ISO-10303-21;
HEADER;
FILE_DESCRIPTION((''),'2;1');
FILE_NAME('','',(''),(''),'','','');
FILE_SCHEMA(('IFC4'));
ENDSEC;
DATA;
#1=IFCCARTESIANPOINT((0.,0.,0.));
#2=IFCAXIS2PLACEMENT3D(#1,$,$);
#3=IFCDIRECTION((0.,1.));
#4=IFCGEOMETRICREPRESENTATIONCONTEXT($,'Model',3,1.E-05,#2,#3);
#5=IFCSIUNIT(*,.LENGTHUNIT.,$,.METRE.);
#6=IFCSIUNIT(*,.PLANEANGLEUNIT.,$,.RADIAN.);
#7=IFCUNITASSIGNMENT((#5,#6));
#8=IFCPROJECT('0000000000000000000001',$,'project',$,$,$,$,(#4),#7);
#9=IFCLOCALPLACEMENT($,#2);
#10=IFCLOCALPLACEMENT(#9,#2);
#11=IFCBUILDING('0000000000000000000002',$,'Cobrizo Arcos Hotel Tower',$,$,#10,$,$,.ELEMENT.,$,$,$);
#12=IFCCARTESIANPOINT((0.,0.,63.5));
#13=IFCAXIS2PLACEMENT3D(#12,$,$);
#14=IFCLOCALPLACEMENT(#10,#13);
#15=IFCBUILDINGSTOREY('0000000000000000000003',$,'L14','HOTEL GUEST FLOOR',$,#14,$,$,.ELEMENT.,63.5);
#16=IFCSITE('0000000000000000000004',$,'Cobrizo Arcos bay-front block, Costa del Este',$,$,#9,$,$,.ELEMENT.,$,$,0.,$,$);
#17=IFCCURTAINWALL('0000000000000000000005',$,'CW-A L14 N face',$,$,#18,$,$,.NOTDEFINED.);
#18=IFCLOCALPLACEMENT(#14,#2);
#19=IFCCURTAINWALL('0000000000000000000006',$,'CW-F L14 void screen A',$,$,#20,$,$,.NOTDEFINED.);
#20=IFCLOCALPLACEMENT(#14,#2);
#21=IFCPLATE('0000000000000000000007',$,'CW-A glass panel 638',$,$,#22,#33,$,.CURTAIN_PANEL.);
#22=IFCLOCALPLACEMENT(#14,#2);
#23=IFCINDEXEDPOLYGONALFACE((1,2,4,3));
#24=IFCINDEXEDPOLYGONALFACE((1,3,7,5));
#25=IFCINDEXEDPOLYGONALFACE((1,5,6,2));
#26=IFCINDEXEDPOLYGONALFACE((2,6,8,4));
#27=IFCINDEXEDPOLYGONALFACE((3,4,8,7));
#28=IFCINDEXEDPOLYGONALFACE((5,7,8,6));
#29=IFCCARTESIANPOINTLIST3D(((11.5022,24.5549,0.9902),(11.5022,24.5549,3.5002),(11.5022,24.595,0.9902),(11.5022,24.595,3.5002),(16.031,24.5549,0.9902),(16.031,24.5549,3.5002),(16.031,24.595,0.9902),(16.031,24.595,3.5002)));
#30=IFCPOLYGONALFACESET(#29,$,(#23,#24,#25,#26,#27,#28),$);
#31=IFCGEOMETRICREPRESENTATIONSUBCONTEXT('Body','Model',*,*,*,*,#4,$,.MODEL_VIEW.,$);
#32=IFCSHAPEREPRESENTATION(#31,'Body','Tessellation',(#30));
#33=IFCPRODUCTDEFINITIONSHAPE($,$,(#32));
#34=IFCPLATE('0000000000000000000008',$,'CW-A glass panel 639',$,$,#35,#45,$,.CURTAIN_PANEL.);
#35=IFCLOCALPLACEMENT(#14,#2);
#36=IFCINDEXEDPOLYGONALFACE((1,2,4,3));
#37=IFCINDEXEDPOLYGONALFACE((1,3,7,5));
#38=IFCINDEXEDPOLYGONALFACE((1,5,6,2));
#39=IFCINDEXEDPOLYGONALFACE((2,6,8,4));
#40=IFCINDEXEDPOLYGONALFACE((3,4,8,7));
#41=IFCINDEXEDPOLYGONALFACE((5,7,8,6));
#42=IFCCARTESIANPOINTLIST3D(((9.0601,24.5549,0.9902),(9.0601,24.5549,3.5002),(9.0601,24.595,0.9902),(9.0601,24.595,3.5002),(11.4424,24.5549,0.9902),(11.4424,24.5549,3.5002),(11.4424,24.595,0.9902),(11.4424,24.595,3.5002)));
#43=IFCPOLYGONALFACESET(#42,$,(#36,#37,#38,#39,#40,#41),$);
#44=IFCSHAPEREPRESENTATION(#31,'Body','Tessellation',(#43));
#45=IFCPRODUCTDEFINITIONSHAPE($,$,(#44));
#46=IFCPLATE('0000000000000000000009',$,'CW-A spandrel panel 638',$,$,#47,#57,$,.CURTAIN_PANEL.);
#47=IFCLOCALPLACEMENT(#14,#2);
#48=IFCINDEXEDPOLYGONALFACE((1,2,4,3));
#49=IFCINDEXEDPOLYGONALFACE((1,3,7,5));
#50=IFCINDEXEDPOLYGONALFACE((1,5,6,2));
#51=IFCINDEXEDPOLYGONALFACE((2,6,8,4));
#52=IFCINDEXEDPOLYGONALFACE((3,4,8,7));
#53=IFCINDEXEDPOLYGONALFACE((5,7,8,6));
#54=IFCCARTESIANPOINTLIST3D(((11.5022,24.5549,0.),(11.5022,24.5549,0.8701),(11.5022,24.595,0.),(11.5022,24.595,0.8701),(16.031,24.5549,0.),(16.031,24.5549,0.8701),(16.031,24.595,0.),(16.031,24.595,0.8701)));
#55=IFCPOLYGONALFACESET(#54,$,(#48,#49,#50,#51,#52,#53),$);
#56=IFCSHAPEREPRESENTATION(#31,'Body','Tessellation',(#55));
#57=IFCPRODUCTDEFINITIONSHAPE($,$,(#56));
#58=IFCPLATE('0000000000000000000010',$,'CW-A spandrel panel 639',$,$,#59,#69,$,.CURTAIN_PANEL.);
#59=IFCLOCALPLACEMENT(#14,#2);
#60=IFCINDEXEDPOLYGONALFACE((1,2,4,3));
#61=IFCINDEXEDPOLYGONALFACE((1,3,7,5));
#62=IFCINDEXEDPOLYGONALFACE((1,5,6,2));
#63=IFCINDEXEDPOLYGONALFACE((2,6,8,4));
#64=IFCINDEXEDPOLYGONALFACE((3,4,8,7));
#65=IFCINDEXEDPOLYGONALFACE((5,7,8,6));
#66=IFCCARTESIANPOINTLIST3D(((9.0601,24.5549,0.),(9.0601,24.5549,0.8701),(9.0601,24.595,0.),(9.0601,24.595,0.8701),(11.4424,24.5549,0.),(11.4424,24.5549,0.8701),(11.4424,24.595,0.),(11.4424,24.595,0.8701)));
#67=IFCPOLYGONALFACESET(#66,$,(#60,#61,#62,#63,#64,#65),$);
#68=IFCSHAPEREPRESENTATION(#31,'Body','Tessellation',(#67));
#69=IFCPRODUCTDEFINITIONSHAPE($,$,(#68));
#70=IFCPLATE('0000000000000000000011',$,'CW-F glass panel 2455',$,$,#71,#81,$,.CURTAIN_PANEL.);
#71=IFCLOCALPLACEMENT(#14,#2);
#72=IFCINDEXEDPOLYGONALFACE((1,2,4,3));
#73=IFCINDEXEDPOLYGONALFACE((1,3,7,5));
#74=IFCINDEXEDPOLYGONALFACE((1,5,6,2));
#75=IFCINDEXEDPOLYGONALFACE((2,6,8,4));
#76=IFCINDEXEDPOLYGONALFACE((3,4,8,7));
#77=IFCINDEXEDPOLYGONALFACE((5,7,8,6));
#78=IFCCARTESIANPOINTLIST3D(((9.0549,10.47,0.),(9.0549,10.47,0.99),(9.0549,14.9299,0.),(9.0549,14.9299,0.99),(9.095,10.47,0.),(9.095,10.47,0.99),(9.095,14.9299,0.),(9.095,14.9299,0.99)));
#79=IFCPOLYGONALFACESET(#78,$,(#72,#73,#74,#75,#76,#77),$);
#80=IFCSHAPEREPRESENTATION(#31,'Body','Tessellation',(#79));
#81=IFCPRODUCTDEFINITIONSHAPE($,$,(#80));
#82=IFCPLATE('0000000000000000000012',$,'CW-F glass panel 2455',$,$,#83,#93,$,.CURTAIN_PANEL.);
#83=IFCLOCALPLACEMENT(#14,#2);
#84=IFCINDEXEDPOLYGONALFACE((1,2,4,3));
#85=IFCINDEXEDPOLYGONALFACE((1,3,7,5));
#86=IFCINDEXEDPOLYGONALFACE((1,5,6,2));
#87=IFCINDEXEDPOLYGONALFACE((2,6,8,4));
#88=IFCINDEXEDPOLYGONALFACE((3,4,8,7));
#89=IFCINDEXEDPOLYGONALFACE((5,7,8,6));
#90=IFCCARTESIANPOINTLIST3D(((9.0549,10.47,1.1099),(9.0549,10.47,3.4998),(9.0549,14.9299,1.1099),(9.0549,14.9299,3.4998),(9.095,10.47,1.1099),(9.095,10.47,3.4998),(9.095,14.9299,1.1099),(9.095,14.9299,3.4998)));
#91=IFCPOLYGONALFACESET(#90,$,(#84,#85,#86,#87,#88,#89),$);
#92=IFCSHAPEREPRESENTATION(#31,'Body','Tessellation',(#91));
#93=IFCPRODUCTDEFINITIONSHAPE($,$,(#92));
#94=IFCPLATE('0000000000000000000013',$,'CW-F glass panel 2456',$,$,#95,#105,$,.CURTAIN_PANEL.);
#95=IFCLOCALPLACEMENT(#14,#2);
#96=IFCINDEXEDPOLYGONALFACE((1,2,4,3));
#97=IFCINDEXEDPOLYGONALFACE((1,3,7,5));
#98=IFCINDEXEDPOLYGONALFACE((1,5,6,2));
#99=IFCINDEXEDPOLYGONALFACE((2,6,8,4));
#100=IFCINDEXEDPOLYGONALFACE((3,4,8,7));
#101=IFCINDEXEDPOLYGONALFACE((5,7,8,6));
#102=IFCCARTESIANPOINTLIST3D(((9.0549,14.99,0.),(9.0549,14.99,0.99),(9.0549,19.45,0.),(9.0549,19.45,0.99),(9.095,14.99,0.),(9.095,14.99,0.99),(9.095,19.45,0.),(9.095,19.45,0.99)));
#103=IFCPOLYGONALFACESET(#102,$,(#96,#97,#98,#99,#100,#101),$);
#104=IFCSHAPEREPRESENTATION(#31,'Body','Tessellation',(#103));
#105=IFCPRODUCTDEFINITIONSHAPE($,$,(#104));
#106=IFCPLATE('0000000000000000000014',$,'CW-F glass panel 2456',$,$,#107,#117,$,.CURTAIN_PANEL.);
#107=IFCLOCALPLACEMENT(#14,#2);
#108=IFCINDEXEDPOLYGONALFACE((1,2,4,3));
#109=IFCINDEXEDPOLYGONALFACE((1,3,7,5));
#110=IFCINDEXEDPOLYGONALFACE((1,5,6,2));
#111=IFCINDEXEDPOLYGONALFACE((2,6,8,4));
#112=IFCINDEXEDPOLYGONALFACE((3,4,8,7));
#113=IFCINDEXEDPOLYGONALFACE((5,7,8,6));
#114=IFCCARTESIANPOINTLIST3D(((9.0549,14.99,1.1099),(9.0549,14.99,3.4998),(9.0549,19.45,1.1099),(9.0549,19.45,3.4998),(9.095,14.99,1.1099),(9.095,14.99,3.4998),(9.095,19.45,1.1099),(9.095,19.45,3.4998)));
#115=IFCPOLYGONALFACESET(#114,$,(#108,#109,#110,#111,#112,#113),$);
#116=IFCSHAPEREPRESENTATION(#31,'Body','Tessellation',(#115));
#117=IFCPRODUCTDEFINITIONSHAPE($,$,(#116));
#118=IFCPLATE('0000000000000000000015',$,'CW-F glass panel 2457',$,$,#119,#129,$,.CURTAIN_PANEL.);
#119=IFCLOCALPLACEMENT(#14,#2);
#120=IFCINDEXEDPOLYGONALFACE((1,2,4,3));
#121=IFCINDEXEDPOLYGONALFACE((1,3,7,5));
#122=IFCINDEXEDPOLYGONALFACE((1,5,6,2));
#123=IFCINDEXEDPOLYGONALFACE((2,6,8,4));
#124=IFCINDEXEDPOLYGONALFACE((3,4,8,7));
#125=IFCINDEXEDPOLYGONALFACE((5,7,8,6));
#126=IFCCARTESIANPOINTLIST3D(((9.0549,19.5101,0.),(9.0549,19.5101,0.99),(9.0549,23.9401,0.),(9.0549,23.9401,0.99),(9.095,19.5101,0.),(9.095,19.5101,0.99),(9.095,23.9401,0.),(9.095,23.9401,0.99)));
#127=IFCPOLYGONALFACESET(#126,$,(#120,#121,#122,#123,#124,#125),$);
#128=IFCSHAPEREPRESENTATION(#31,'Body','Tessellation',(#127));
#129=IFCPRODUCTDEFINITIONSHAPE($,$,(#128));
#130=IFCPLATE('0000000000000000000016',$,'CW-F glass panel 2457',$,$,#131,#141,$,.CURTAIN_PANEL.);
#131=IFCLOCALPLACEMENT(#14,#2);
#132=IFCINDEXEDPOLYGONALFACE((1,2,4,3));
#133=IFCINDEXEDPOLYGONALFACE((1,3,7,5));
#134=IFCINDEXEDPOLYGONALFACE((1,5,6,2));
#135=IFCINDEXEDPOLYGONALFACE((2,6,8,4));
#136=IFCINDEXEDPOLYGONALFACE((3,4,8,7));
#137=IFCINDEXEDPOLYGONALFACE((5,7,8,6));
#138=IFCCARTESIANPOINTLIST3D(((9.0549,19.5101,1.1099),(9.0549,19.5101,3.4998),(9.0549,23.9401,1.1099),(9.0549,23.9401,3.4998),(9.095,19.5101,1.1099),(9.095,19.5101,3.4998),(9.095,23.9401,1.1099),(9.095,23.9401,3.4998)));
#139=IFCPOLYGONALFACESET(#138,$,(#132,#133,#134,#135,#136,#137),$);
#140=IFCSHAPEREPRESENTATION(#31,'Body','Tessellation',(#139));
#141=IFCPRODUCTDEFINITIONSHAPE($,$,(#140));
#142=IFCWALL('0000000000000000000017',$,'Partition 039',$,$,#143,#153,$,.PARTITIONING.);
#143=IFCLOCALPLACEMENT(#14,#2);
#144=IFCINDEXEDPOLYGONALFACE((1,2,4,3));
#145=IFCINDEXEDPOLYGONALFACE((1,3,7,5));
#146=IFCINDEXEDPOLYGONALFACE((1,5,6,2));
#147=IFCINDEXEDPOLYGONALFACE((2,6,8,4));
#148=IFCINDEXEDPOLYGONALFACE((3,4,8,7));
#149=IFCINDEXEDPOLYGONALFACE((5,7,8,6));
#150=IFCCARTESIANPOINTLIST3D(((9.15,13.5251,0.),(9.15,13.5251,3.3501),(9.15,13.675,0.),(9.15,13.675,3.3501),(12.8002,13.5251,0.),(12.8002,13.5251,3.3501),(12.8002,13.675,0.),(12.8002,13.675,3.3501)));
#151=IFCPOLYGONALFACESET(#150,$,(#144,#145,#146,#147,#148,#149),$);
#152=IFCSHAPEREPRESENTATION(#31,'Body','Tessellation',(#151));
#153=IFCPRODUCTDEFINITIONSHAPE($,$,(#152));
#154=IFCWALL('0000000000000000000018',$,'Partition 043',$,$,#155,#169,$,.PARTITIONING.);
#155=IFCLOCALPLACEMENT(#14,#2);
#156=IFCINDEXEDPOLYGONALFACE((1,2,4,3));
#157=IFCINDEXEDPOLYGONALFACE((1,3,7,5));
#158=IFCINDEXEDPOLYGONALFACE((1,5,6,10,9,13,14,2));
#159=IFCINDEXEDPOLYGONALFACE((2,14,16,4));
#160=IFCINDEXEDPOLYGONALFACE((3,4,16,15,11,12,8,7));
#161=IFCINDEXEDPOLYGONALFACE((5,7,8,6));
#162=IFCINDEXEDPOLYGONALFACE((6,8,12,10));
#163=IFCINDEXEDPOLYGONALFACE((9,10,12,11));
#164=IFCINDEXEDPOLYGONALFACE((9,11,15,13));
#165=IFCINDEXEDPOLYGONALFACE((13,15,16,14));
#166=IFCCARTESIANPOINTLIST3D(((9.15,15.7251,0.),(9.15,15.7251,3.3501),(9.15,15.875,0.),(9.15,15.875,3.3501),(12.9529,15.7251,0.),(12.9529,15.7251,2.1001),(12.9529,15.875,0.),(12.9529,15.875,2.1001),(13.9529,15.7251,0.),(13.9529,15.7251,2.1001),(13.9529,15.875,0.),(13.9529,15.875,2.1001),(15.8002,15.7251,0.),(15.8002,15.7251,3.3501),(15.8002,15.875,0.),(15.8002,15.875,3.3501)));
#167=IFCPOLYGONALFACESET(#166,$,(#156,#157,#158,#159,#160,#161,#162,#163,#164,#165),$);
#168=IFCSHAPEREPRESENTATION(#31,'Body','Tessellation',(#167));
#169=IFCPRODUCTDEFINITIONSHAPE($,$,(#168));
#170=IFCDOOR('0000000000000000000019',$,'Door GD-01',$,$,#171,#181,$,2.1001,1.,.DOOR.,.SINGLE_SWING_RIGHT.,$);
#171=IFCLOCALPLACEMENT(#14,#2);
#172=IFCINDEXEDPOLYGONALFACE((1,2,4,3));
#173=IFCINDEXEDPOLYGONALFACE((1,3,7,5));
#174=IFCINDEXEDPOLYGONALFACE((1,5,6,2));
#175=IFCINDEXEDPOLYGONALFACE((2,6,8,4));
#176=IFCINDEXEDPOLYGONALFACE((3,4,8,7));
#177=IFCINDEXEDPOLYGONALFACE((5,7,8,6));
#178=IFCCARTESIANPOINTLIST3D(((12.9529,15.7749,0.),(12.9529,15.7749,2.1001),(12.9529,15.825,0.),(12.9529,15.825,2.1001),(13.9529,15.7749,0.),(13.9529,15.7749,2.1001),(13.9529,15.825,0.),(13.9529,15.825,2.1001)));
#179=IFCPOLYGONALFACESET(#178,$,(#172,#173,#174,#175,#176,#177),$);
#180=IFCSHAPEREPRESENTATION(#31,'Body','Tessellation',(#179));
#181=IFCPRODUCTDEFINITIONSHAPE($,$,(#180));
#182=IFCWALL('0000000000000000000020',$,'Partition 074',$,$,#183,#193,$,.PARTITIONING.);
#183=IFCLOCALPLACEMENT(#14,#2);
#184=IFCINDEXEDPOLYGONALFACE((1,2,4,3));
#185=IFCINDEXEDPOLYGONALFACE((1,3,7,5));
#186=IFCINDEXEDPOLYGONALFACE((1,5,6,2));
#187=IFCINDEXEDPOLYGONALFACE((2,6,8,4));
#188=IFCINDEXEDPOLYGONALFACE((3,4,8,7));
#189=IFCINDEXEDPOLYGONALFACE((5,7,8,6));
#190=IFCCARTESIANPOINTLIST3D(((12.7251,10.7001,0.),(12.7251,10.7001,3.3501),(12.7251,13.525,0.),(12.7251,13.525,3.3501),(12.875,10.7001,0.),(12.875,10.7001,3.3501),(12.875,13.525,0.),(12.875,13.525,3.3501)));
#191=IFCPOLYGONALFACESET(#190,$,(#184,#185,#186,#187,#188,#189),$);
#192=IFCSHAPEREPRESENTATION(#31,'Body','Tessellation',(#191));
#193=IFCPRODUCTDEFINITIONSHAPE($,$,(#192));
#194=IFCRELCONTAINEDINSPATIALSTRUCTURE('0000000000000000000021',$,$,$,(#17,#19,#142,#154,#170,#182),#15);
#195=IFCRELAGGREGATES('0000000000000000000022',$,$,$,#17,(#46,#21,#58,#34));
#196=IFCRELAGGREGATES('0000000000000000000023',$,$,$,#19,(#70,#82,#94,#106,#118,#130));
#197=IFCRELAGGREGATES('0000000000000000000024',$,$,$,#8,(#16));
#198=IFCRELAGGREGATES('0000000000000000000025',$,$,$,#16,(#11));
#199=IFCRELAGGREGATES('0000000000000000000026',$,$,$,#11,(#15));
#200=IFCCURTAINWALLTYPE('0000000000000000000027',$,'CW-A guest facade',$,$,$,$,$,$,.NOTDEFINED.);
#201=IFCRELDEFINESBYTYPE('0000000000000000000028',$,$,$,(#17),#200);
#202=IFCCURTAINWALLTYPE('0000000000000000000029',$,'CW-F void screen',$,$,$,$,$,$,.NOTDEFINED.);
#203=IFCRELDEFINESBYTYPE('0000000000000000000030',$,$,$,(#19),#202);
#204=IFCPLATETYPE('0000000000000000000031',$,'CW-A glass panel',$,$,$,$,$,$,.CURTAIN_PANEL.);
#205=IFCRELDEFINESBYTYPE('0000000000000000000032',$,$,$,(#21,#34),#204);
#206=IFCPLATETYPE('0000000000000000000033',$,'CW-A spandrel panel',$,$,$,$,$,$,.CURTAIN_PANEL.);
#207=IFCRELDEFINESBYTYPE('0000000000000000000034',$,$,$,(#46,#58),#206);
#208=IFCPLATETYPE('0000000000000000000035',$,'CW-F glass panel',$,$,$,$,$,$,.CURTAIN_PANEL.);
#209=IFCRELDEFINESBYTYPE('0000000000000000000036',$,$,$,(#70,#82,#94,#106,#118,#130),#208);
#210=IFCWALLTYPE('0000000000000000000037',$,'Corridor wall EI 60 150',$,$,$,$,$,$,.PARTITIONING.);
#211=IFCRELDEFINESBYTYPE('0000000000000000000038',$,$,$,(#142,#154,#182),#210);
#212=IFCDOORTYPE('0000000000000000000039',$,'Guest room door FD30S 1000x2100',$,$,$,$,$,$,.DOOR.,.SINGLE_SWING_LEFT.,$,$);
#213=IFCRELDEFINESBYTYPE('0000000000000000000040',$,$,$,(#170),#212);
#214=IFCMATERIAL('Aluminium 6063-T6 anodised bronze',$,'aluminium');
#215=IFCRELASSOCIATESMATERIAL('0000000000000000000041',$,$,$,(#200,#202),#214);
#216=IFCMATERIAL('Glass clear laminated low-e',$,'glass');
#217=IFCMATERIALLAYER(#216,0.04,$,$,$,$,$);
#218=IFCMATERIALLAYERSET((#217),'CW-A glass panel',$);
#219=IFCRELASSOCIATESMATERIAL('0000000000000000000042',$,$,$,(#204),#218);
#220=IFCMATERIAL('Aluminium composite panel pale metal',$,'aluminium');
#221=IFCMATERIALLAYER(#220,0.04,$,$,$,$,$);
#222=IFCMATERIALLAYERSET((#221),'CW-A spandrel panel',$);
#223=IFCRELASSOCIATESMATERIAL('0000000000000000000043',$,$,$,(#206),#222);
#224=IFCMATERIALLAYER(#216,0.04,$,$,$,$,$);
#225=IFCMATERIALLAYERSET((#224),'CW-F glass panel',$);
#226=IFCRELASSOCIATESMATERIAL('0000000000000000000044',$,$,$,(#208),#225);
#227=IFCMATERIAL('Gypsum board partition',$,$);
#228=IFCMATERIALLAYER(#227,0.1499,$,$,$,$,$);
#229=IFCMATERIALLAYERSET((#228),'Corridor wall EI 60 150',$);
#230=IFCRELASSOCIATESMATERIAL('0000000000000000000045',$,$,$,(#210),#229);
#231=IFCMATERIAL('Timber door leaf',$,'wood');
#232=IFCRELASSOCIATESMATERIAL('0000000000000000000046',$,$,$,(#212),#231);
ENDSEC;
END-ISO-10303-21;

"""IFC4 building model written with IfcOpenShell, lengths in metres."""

from ifc_helpers import new_model, si_unit, direction, frame, frame_2d, origin, origin_2d, place, context, subcontext, project, spatial, rectangle, extrude, material, layer, layer_set, type_object, element, fill, aggregate, save


model = new_model("IFC4")

# Units and contexts
model_context = context("Model", 3, precision=1e-05, world=origin(), true_north=direction((0.0, 1.0)))
body_context = subcontext(model_context, "Body", "Model", "MODEL_VIEW")
ifc_project = project(units=[si_unit("LENGTHUNIT", "METRE"), si_unit("PLANEANGLEUNIT", "RADIAN")], contexts=[model_context])

# Site, building, storey
site_placement = place(None, origin())
site = spatial("IfcSite", under=ifc_project, at=site_placement, Name="Cobrizo Arcos bay-front block, Costa del Este", CompositionType="ELEMENT", RefElevation=0.0)
building_placement = place(site_placement, origin())
building = spatial("IfcBuilding", under=site, at=building_placement, Name="Cobrizo Arcos Hotel Tower", CompositionType="ELEMENT")
storey_placement = place(building_placement, frame((0.0, 0.0, 63.5)))
storey = spatial("IfcBuildingStorey", under=building, at=storey_placement, Name="L14", Description="HOTEL GUEST FLOOR", CompositionType="ELEMENT", Elevation=63.5)

# Curtain walls
ifc_material_1 = material(Name="Aluminium 6063-T6 anodised bronze", Category="aluminium")
curtain_wall_type_1 = type_object("IfcCurtainWallType", Name="CW-A guest facade", PredefinedType="NOTDEFINED", material=ifc_material_1)
curtain_wall_1_placement = place(storey_placement, origin())
curtain_wall_1 = element("IfcCurtainWall", 1, at=curtain_wall_1_placement, inside=storey, type_object=curtain_wall_type_1, Name="CW-A L14 N face", PredefinedType="NOTDEFINED")
curtain_wall_type_2 = type_object("IfcCurtainWallType", Name="CW-F void screen", PredefinedType="NOTDEFINED", material=ifc_material_1)
curtain_wall_2_placement = place(storey_placement, origin())
curtain_wall_2 = element("IfcCurtainWall", 2, at=curtain_wall_2_placement, inside=storey, type_object=curtain_wall_type_2, Name="CW-F L14 void screen A", PredefinedType="NOTDEFINED")

# Plates
ifc_material_2 = material(Name="Glass clear laminated low-e", Category="glass")
ifc_layer_1 = layer(ifc_material_2, 0.04)
ifc_layer_set_1 = layer_set([ifc_layer_1], Name="CW-A glass panel")
plate_type_1 = type_object("IfcPlateType", Name="CW-A glass panel", PredefinedType="CURTAIN_PANEL", material=ifc_layer_set_1)
plate_1_placement = place(storey_placement, frame((13.7666, 24.575, 0.9902), z_axis=(0.0, 0.0, 1.0), x_axis=(-1.0, 0.0, 0.0)))
plate_1 = element("IfcPlate", 3, at=plate_1_placement, type_object=plate_type_1, Name="CW-A glass panel 638", PredefinedType="CURTAIN_PANEL", context=body_context, shape_type="SweptSolid", body=[
    extrude(rectangle(XDim=4.5288, YDim=0.04, at=origin_2d()), origin(), (0.0, 0.0, 1.0), 2.51),
])
plate_2_placement = place(storey_placement, frame((10.2512, 24.575, 0.9902), z_axis=(0.0, 0.0, 1.0), x_axis=(-1.0, 0.0, 0.0)))
plate_2 = element("IfcPlate", 4, at=plate_2_placement, type_object=plate_type_1, Name="CW-A glass panel 639", PredefinedType="CURTAIN_PANEL", context=body_context, shape_type="SweptSolid", body=[
    extrude(rectangle(XDim=2.3823, YDim=0.04, at=origin_2d()), origin(), (0.0, 0.0, 1.0), 2.51),
])
ifc_material_3 = material(Name="Aluminium composite panel pale metal", Category="aluminium")
ifc_layer_2 = layer(ifc_material_3, 0.04)
ifc_layer_set_2 = layer_set([ifc_layer_2], Name="CW-A spandrel panel")
plate_type_2 = type_object("IfcPlateType", Name="CW-A spandrel panel", PredefinedType="CURTAIN_PANEL", material=ifc_layer_set_2)
plate_3_placement = place(storey_placement, frame((13.7666, 24.575, 0.0), z_axis=(0.0, 0.0, 1.0), x_axis=(-1.0, 0.0, 0.0)))
plate_3 = element("IfcPlate", 5, at=plate_3_placement, type_object=plate_type_2, Name="CW-A spandrel panel 638", PredefinedType="CURTAIN_PANEL", context=body_context, shape_type="SweptSolid", body=[
    extrude(rectangle(XDim=4.5288, YDim=0.04, at=origin_2d()), origin(), (0.0, 0.0, 1.0), 0.8701),
])
plate_4_placement = place(storey_placement, frame((10.2512, 24.575, 0.0), z_axis=(0.0, 0.0, 1.0), x_axis=(-1.0, 0.0, 0.0)))
plate_4 = element("IfcPlate", 6, at=plate_4_placement, type_object=plate_type_2, Name="CW-A spandrel panel 639", PredefinedType="CURTAIN_PANEL", context=body_context, shape_type="SweptSolid", body=[
    extrude(rectangle(XDim=2.3823, YDim=0.04, at=origin_2d()), origin(), (0.0, 0.0, 1.0), 0.8701),
])
aggregate(curtain_wall_1, [plate_3, plate_1, plate_4, plate_2])
ifc_layer_3 = layer(ifc_material_2, 0.04)
ifc_layer_set_3 = layer_set([ifc_layer_3], Name="CW-F glass panel")
plate_type_3 = type_object("IfcPlateType", Name="CW-F glass panel", PredefinedType="CURTAIN_PANEL", material=ifc_layer_set_3)
plate_5_placement = place(storey_placement, frame((9.075, 12.7, 0.0), z_axis=(0.0, 0.0, 1.0), x_axis=(0.0, 1.0, 0.0)))
plate_5 = element("IfcPlate", 7, at=plate_5_placement, type_object=plate_type_3, Name="CW-F glass panel 2455", PredefinedType="CURTAIN_PANEL", context=body_context, shape_type="SweptSolid", body=[
    extrude(rectangle(XDim=4.46, YDim=0.04, at=origin_2d()), origin(), (0.0, 0.0, 1.0), 0.99),
])
plate_6_placement = place(storey_placement, frame((9.075, 12.7, 1.1099), z_axis=(0.0, 0.0, 1.0), x_axis=(0.0, 1.0, 0.0)))
plate_6 = element("IfcPlate", 8, at=plate_6_placement, type_object=plate_type_3, Name="CW-F glass panel 2455", PredefinedType="CURTAIN_PANEL", context=body_context, shape_type="SweptSolid", body=[
    extrude(rectangle(XDim=4.46, YDim=0.04, at=origin_2d()), origin(), (0.0, 0.0, 1.0), 2.3899),
])
plate_7_placement = place(storey_placement, frame((9.075, 17.22, 0.0), z_axis=(0.0, 0.0, 1.0), x_axis=(0.0, 1.0, 0.0)))
plate_7 = element("IfcPlate", 9, at=plate_7_placement, type_object=plate_type_3, Name="CW-F glass panel 2456", PredefinedType="CURTAIN_PANEL", context=body_context, shape_type="SweptSolid", body=[
    extrude(rectangle(XDim=4.46, YDim=0.04, at=origin_2d()), origin(), (0.0, 0.0, 1.0), 0.99),
])
plate_8_placement = place(storey_placement, frame((9.075, 17.22, 1.1099), z_axis=(0.0, 0.0, 1.0), x_axis=(0.0, 1.0, 0.0)))
plate_8 = element("IfcPlate", 10, at=plate_8_placement, type_object=plate_type_3, Name="CW-F glass panel 2456", PredefinedType="CURTAIN_PANEL", context=body_context, shape_type="SweptSolid", body=[
    extrude(rectangle(XDim=4.46, YDim=0.04, at=origin_2d()), origin(), (0.0, 0.0, 1.0), 2.3899),
])
plate_9_placement = place(storey_placement, frame((9.075, 21.7251, 0.0), z_axis=(0.0, 0.0, 1.0), x_axis=(0.0, 1.0, 0.0)))
plate_9 = element("IfcPlate", 11, at=plate_9_placement, type_object=plate_type_3, Name="CW-F glass panel 2457", PredefinedType="CURTAIN_PANEL", context=body_context, shape_type="SweptSolid", body=[
    extrude(rectangle(XDim=4.4299, YDim=0.04, at=origin_2d()), origin(), (0.0, 0.0, 1.0), 0.99),
])
plate_10_placement = place(storey_placement, frame((9.075, 21.7251, 1.1099), z_axis=(0.0, 0.0, 1.0), x_axis=(0.0, 1.0, 0.0)))
plate_10 = element("IfcPlate", 12, at=plate_10_placement, type_object=plate_type_3, Name="CW-F glass panel 2457", PredefinedType="CURTAIN_PANEL", context=body_context, shape_type="SweptSolid", body=[
    extrude(rectangle(XDim=4.4299, YDim=0.04, at=origin_2d()), origin(), (0.0, 0.0, 1.0), 2.3899),
])
aggregate(curtain_wall_2, [plate_5, plate_6, plate_7, plate_8, plate_9, plate_10])

# Wall
ifc_material_4 = material(Name="Gypsum board partition")
ifc_layer_4 = layer(ifc_material_4, 0.1499)
ifc_layer_set_4 = layer_set([ifc_layer_4], Name="Corridor wall EI 60 150")
wall_type_1 = type_object("IfcWallType", Name="Corridor wall EI 60 150", PredefinedType="PARTITIONING", material=ifc_layer_set_4)
wall_1_placement = place(storey_placement, frame((9.1499, 13.6001, 0.0), z_axis=(0.0, 0.0, 1.0), x_axis=(1.0, 0.0, 0.0)))
element("IfcWall", 13, at=wall_1_placement, inside=storey, type_object=wall_type_1, Name="Partition 039", PredefinedType="PARTITIONING", context=body_context, shape_type="SweptSolid", body=[
    extrude(rectangle(XDim=3.6501, YDim=0.1499, at=frame_2d((1.8252, 0.0))), origin(), (0.0, 0.0, 1.0), 3.3501),
])

# Wall, opening, door
wall_2_placement = place(storey_placement, frame((9.1499, 15.8, 0.0), z_axis=(0.0, 0.0, 1.0), x_axis=(1.0, 0.0, 0.0)))
wall_2 = element("IfcWall", 14, at=wall_2_placement, inside=storey, type_object=wall_type_1, Name="Partition 043", PredefinedType="PARTITIONING", context=body_context, shape_type="SweptSolid", body=[
    extrude(rectangle(XDim=6.6501, YDim=0.1499, at=frame_2d((3.3252, 0.0))), origin(), (0.0, 0.0, 1.0), 3.3501),
])
opening_1_placement = place(wall_2_placement, frame((3.803, 0.0, 0.0)))
opening_1 = element("IfcOpeningElement", 15, at=opening_1_placement, cuts=wall_2, PredefinedType="OPENING", context=body_context, shape_type="SweptSolid", body=[
    extrude(rectangle(XDim=1.0, YDim=2.1001, at=frame_2d((0.5, 1.05))), frame((0.0, 0.0869, 0.0), z_axis=(0.0, -1.0, 0.0), x_axis=(1.0, 0.0, 0.0)), (0.0, 0.0, 1.0), 0.1738),
])
ifc_material_5 = material(Name="Timber door leaf", Category="wood")
door_type_1 = type_object("IfcDoorType", Name="Guest room door FD30S 1000x2100", OperationType="SINGLE_SWING_LEFT", PredefinedType="DOOR", material=ifc_material_5)
door_1_placement = place(opening_1_placement, origin())
door_1 = element("IfcDoor", 16, at=door_1_placement, inside=storey, type_object=door_type_1, Name="Door GD-01", OperationType="SINGLE_SWING_RIGHT", OverallHeight=2.1001, OverallWidth=1.0, PredefinedType="DOOR", context=body_context, shape_type="SweptSolid", body=[
    extrude(rectangle(XDim=1.0, YDim=2.1001, at=frame_2d((0.5, 1.05))), frame((0.0, 0.0249, 0.0), z_axis=(0.0, -1.0, 0.0), x_axis=(1.0, 0.0, 0.0)), (0.0, 0.0, 1.0), 0.05),
])
fill(opening_1, door_1)

# Wall
wall_3_placement = place(storey_placement, frame((12.8, 10.7, 0.0), z_axis=(0.0, 0.0, 1.0), x_axis=(0.0, 1.0, 0.0)))
element("IfcWall", 17, at=wall_3_placement, inside=storey, type_object=wall_type_1, Name="Partition 074", PredefinedType="PARTITIONING", context=body_context, shape_type="SweptSolid", body=[
    extrude(rectangle(XDim=2.825, YDim=0.1499, at=frame_2d((1.4126, 0.0))), origin(), (0.0, 0.0, 1.0), 3.3501),
])

save(model, "model.ifc")
